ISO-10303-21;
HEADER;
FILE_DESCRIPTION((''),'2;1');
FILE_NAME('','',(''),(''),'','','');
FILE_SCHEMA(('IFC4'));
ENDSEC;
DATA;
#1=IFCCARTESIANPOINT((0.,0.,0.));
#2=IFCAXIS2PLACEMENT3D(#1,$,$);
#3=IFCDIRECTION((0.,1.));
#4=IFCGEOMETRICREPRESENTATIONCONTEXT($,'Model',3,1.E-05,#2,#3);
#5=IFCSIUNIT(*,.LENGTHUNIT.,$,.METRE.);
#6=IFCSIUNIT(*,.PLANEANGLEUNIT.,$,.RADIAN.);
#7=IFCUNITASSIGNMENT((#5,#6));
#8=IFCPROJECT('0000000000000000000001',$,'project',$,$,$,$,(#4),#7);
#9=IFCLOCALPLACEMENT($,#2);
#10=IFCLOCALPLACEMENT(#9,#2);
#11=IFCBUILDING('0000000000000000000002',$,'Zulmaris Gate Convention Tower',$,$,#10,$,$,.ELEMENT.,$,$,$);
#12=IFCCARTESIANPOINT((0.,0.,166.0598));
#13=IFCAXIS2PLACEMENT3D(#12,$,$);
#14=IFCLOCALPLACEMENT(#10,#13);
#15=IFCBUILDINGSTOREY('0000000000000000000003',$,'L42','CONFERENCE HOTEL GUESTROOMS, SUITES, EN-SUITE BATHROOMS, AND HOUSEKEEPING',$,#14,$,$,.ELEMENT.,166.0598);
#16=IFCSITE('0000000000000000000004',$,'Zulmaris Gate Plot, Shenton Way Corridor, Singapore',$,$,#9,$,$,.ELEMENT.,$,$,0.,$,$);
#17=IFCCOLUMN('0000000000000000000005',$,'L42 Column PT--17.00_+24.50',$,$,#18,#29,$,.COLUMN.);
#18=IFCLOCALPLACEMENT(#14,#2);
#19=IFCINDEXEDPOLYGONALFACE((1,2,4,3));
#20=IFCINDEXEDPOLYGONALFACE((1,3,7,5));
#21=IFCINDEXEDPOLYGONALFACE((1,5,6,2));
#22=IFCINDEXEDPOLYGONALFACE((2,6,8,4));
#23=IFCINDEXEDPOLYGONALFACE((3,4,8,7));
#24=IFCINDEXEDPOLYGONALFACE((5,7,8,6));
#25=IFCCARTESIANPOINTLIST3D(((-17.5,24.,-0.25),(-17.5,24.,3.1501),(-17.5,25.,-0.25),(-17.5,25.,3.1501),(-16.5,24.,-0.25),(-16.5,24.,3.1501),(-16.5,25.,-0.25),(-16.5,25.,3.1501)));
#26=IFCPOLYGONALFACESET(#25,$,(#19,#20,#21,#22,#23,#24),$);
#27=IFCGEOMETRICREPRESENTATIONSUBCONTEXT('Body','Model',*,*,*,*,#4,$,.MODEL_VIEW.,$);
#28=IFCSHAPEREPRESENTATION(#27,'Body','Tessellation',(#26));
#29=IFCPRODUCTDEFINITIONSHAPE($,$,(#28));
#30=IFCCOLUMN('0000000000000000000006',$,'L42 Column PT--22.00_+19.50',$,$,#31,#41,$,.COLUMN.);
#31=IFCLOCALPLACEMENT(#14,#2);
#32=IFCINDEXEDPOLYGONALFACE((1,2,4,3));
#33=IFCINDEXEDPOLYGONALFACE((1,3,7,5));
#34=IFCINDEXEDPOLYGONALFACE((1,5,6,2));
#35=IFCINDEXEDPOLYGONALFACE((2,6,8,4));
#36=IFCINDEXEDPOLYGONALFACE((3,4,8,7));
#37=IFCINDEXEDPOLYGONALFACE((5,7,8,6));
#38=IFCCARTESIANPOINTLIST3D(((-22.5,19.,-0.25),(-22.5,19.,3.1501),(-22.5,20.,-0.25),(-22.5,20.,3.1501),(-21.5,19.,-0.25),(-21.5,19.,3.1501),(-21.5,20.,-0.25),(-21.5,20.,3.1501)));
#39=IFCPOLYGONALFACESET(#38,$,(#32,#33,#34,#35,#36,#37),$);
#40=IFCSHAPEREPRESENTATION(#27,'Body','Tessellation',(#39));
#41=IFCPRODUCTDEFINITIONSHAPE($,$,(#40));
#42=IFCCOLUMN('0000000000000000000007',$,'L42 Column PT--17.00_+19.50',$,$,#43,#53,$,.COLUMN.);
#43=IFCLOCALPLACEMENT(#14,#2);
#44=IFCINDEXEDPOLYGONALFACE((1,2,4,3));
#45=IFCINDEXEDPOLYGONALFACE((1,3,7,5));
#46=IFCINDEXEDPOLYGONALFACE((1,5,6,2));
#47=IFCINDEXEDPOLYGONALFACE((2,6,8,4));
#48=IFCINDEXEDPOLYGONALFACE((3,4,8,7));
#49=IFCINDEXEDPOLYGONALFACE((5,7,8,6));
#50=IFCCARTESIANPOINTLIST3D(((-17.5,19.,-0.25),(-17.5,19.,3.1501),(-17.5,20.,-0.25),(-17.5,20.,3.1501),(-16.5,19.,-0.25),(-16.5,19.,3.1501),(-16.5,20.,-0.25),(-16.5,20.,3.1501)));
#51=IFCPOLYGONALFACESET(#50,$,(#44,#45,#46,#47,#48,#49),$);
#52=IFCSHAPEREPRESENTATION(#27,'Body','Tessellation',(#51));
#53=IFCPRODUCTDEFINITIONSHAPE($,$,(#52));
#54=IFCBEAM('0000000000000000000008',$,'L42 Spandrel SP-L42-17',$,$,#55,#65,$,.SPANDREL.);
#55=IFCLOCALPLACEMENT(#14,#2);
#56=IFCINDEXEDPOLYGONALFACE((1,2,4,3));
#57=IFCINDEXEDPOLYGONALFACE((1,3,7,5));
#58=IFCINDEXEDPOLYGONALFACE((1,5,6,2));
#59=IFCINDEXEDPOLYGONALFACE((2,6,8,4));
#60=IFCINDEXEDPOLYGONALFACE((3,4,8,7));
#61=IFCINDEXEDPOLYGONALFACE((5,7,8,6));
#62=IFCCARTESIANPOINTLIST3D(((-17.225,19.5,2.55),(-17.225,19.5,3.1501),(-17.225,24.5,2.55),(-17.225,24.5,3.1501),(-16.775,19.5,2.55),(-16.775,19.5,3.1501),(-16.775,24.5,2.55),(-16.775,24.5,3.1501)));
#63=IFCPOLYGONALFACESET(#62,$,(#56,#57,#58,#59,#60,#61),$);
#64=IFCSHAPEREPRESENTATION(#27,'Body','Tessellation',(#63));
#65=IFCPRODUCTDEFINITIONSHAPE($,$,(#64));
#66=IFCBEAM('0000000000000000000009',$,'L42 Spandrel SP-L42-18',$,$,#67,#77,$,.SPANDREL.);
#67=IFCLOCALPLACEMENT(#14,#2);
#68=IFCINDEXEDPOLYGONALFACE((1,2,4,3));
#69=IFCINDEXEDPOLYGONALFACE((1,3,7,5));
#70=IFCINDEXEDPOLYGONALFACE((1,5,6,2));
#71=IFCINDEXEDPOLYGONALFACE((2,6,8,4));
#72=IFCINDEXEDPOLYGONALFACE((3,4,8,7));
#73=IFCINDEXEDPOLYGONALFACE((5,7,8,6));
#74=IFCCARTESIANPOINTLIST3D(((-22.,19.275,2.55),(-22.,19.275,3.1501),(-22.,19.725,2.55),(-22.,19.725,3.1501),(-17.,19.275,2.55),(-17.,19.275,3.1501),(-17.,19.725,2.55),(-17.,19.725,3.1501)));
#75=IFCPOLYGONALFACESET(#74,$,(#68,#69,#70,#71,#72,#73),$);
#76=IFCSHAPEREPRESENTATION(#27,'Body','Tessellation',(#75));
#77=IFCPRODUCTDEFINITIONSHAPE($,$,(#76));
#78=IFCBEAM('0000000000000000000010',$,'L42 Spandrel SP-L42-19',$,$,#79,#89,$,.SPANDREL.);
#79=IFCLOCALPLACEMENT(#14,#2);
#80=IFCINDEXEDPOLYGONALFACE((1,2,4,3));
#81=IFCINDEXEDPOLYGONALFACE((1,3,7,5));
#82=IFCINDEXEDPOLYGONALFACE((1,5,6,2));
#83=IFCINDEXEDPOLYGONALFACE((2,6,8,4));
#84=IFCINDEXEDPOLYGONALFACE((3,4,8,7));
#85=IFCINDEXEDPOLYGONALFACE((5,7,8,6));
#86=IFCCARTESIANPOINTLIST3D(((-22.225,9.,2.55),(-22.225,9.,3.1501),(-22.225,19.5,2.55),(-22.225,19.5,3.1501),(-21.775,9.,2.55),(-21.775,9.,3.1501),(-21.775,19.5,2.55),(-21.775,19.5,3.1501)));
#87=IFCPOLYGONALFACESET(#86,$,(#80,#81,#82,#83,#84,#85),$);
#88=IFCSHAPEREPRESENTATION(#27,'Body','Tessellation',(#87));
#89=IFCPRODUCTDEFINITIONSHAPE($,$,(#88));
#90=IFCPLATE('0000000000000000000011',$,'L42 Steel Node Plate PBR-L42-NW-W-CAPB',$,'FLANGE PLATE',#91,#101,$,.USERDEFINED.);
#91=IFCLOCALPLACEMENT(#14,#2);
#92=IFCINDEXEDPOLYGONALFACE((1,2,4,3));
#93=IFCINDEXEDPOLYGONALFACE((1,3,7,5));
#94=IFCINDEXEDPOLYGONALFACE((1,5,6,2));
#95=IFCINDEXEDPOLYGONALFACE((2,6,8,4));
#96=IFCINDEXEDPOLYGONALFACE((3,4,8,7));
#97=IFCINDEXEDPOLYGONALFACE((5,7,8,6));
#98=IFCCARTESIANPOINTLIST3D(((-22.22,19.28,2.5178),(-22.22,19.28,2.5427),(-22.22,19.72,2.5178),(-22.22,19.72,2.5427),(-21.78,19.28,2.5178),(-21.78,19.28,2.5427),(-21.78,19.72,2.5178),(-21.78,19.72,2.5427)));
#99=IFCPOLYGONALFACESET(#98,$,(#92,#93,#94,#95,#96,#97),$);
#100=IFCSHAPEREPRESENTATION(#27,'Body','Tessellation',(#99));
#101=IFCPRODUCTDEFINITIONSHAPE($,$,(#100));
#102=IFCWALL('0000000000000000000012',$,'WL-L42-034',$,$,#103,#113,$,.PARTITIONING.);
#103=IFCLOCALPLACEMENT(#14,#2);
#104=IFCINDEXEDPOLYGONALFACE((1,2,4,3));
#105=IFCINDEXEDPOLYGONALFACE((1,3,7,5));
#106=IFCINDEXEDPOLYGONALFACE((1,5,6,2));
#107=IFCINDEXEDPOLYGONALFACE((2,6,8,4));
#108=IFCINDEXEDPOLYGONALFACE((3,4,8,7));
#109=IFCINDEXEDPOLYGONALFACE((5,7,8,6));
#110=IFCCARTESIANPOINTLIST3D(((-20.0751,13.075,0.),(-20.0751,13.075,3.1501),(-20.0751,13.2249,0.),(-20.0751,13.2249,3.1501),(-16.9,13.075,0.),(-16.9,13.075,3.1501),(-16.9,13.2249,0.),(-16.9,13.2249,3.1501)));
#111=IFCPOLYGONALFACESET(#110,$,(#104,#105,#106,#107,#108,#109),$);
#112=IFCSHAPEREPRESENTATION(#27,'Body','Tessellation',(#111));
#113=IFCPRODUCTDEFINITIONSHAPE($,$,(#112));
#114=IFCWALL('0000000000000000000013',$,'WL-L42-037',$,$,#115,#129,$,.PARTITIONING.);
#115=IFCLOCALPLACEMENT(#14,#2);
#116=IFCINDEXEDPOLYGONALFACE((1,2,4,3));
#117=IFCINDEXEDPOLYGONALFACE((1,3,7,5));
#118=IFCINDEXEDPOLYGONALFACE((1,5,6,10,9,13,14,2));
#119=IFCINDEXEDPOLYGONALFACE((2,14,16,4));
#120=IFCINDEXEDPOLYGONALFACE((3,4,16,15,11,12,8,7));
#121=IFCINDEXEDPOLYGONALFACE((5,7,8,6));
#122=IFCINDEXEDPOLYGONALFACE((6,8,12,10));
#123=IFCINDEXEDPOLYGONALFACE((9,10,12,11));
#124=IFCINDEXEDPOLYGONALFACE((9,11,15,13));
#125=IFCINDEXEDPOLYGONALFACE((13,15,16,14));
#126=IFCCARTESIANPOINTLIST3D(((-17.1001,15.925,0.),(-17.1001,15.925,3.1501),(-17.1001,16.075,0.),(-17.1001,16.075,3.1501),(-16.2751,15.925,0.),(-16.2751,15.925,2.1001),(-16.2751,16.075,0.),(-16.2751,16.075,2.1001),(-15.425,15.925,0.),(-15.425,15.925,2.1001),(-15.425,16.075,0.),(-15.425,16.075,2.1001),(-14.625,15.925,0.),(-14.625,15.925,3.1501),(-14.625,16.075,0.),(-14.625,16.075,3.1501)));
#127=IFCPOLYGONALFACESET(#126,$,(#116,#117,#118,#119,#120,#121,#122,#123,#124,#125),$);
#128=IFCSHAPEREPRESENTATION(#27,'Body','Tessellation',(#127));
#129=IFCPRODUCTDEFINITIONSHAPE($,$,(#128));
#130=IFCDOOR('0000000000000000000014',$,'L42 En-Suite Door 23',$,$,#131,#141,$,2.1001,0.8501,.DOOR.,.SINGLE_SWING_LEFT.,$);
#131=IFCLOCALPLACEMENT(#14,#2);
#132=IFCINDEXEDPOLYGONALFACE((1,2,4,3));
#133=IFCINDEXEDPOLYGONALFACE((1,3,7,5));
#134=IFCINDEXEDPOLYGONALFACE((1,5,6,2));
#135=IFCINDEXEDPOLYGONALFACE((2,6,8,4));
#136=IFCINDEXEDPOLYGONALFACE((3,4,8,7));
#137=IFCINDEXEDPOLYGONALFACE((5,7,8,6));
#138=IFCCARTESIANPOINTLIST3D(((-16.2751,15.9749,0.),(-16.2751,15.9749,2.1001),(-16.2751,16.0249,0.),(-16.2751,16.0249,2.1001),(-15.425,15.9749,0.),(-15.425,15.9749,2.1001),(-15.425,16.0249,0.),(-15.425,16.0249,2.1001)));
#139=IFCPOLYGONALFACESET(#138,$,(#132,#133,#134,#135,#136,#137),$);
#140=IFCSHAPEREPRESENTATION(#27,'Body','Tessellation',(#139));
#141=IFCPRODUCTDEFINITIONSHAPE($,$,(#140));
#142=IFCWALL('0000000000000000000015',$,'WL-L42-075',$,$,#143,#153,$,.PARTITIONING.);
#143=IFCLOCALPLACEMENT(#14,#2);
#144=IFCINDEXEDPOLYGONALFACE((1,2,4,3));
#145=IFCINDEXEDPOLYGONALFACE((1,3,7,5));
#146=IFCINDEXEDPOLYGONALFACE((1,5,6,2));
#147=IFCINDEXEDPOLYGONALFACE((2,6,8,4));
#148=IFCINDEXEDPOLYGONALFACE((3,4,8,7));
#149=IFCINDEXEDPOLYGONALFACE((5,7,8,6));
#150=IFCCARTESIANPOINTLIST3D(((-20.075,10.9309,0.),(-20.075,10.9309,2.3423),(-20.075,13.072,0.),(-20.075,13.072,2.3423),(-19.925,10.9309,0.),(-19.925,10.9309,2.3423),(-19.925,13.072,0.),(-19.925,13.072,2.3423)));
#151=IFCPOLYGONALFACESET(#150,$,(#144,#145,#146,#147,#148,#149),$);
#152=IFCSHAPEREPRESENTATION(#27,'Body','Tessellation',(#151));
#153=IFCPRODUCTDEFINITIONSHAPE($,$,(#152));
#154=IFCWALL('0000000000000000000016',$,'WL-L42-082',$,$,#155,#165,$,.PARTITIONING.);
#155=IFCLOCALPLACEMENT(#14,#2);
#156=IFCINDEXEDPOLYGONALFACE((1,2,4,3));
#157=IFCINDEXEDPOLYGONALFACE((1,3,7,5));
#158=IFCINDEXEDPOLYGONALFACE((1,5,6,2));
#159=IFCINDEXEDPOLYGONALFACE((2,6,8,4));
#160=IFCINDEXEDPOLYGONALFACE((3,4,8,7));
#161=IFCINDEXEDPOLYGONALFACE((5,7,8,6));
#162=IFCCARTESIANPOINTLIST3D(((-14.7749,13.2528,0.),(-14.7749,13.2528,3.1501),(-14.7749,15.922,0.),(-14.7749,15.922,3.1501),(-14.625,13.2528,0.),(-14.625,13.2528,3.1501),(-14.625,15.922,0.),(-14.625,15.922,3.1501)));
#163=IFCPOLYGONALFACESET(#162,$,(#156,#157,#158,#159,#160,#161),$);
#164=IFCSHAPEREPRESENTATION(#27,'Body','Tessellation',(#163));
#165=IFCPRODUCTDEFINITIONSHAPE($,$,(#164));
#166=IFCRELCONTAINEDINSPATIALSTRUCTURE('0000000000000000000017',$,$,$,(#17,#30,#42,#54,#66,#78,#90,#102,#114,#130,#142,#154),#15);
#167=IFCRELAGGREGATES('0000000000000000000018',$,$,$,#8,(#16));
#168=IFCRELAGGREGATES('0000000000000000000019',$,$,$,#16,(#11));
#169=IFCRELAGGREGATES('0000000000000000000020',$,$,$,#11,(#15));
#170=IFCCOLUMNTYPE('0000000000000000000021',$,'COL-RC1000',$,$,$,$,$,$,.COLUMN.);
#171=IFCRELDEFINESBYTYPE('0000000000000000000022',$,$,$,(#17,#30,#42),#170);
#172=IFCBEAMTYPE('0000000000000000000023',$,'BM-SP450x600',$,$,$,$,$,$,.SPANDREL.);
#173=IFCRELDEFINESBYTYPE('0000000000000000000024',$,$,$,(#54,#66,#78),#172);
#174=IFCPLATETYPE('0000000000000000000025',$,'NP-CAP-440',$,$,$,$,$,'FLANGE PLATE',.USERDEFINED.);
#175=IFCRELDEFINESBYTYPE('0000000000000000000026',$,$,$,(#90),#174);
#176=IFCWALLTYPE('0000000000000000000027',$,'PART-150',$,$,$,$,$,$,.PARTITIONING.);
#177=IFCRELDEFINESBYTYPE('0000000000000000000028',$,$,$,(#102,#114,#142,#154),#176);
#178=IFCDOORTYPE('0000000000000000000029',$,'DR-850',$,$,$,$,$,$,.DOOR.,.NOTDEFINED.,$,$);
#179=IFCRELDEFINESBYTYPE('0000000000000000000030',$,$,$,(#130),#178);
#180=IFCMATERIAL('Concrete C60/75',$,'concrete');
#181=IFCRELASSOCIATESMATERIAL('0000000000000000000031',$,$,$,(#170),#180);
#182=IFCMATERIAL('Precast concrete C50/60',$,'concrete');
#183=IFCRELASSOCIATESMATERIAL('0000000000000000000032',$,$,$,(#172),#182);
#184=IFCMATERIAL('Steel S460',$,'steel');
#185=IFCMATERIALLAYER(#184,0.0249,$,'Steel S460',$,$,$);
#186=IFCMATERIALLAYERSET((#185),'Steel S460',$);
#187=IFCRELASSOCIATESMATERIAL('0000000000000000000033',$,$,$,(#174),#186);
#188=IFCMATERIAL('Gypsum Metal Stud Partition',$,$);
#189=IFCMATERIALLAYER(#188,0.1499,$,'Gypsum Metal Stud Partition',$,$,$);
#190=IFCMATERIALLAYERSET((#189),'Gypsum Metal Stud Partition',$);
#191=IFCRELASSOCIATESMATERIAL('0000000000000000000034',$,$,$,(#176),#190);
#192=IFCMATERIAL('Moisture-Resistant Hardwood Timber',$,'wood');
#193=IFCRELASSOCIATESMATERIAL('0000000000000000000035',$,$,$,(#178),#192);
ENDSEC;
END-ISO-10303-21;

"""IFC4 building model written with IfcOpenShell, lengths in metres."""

from ifc_helpers import new_model, si_unit, direction, frame, frame_2d, origin, origin_2d, place, context, subcontext, project, spatial, rectangle, extrude, material, layer, layer_set, material_profile, profile_set, type_object, element, fill, save


model = new_model("IFC4")

# Units and contexts
model_context = context("Model", 3, precision=1e-05, world=origin(), true_north=direction((0.0, 1.0)))
body_context = subcontext(model_context, "Body", "Model", "MODEL_VIEW")
ifc_project = project(units=[si_unit("LENGTHUNIT", "METRE"), si_unit("PLANEANGLEUNIT", "RADIAN")], contexts=[model_context])

# Site, building, storey
site_placement = place(None, origin())
site = spatial("IfcSite", under=ifc_project, at=site_placement, Name="Zulmaris Gate Plot, Shenton Way Corridor, Singapore", CompositionType="ELEMENT", RefElevation=0.0)
building_placement = place(site_placement, origin())
building = spatial("IfcBuilding", under=site, at=building_placement, Name="Zulmaris Gate Convention Tower", CompositionType="ELEMENT")
storey_placement = place(building_placement, frame((0.0, 0.0, 166.0598)))
storey = spatial("IfcBuildingStorey", under=building, at=storey_placement, Name="L42", Description="CONFERENCE HOTEL GUESTROOMS, SUITES, EN-SUITE BATHROOMS, AND HOUSEKEEPING", CompositionType="ELEMENT", Elevation=166.0598)

# Columns
ifc_material_1 = material(Name="Concrete C60/75", Category="concrete")
ifc_material_profile_1 = material_profile(ifc_material_1, rectangle(XDim=1.0, YDim=1.0, at=origin_2d()), Name="RC COL 1000x1000")
ifc_profile_set_1 = profile_set([ifc_material_profile_1], Name="Concrete C60/75")
column_type = type_object("IfcColumnType", Name="COL-RC1000", PredefinedType="COLUMN", material=ifc_profile_set_1)
for number, where, z_axis, x_axis, name in (
    (1, (-17.0, 24.5, -0.25), (0.0, 0.0, 1.0), (1.0, 0.0, 0.0), "L42 Column PT--17.00_+24.50"),
    (2, (-22.0, 19.5, -0.25), (0.0, 0.0, 1.0), (1.0, 0.0, 0.0), "L42 Column PT--22.00_+19.50"),
    (3, (-17.0, 19.5, -0.25), (0.0, 0.0, 1.0), (1.0, 0.0, 0.0), "L42 Column PT--17.00_+19.50"),
):
    element("IfcColumn", number, at=place(storey_placement, frame(where, z_axis=z_axis, x_axis=x_axis)), inside=storey, type_object=column_type, Name=name, PredefinedType="COLUMN", context=body_context, shape_type="SweptSolid", body=[
        extrude(rectangle(XDim=1.0, YDim=1.0, at=origin_2d()), origin(), (0.0, 0.0, 1.0), 3.4001),
    ])

# Beams
ifc_material_2 = material(Name="Precast concrete C50/60", Category="concrete")
ifc_material_profile_2 = material_profile(ifc_material_2, rectangle(XDim=0.45, YDim=0.6001, at=origin_2d()), Name="RC SPANDREL 450x600")
ifc_profile_set_2 = profile_set([ifc_material_profile_2], Name="Precast concrete C50/60")
beam_type = type_object("IfcBeamType", Name="BM-SP450x600", PredefinedType="SPANDREL", material=ifc_profile_set_2)
for number, where, z_axis, x_axis, name in (
    (4, (-17.0, 24.5, 2.8501), (0.0, -1.0, 0.0), (1.0, 0.0, 0.0), "L42 Spandrel SP-L42-17"),
    (5, (-17.0, 19.5, 2.8501), (-1.0, 0.0, 0.0), (0.0, -1.0, 0.0), "L42 Spandrel SP-L42-18"),
):
    element("IfcBeam", number, at=place(storey_placement, frame(where, z_axis=z_axis, x_axis=x_axis)), inside=storey, type_object=beam_type, Name=name, PredefinedType="SPANDREL", context=body_context, shape_type="SweptSolid", body=[
        extrude(rectangle(XDim=0.45, YDim=0.6001, at=origin_2d()), origin(), (0.0, 0.0, 1.0), 5.0),
    ])
beam_placement = place(storey_placement, frame((-22.0, 19.5, 2.8501), z_axis=(0.0, -1.0, 0.0), x_axis=(1.0, 0.0, 0.0)))
element("IfcBeam", 6, at=beam_placement, inside=storey, type_object=beam_type, Name="L42 Spandrel SP-L42-19", PredefinedType="SPANDREL", context=body_context, shape_type="SweptSolid", body=[
    extrude(rectangle(XDim=0.45, YDim=0.6001, at=origin_2d()), origin(), (0.0, 0.0, 1.0), 10.5),
])

# Plate
ifc_material_3 = material(Name="Steel S460", Category="steel")
ifc_layer_1 = layer(ifc_material_3, 0.0249, Name="Steel S460")
ifc_layer_set_1 = layer_set([ifc_layer_1], Name="Steel S460")
plate_type = type_object("IfcPlateType", Name="NP-CAP-440", ElementType="FLANGE PLATE", PredefinedType="USERDEFINED", material=ifc_layer_set_1)
plate_placement = place(storey_placement, frame((-22.0, 19.5, 2.5178), z_axis=(0.0, 0.0, 1.0), x_axis=(1.0, 0.0, 0.0)))
element("IfcPlate", 7, at=plate_placement, inside=storey, type_object=plate_type, Name="L42 Steel Node Plate PBR-L42-NW-W-CAPB", ObjectType="FLANGE PLATE", PredefinedType="USERDEFINED", context=body_context, shape_type="SweptSolid", body=[
    extrude(rectangle(XDim=0.4399, YDim=0.4399, at=origin_2d()), origin(), (0.0, 0.0, 1.0), 0.0249),
])

# Wall
ifc_material_4 = material(Name="Gypsum Metal Stud Partition")
ifc_layer_2 = layer(ifc_material_4, 0.1499, Name="Gypsum Metal Stud Partition")
ifc_layer_set_2 = layer_set([ifc_layer_2], Name="Gypsum Metal Stud Partition")
wall_type_1 = type_object("IfcWallType", Name="PART-150", PredefinedType="PARTITIONING", material=ifc_layer_set_2)
wall_1_placement = place(storey_placement, frame((-20.075, 13.1499, 0.0), z_axis=(0.0, 0.0, 1.0), x_axis=(1.0, 0.0, 0.0)))
element("IfcWall", 8, at=wall_1_placement, inside=storey, type_object=wall_type_1, Name="WL-L42-034", PredefinedType="PARTITIONING", context=body_context, shape_type="SweptSolid", body=[
    extrude(rectangle(XDim=3.175, YDim=0.1499, at=frame_2d((1.5874, 0.0))), origin(), (0.0, 0.0, 1.0), 3.1501),
])

# Wall, opening, door
wall_2_placement = place(storey_placement, frame((-17.1001, 16.0, 0.0), z_axis=(0.0, 0.0, 1.0), x_axis=(1.0, 0.0, 0.0)))
wall_2 = element("IfcWall", 9, at=wall_2_placement, inside=storey, type_object=wall_type_1, Name="WL-L42-037", PredefinedType="PARTITIONING", context=body_context, shape_type="SweptSolid", body=[
    extrude(rectangle(XDim=2.4751, YDim=0.1499, at=frame_2d((1.2375, 0.0))), origin(), (0.0, 0.0, 1.0), 3.1501),
])
opening_1_placement = place(wall_2_placement, frame((0.825, 0.0, 0.0)))
opening_1 = element("IfcOpeningElement", 10, at=opening_1_placement, cuts=wall_2, PredefinedType="OPENING", context=body_context, shape_type="SweptSolid", body=[
    extrude(rectangle(XDim=0.8501, YDim=2.1001, at=frame_2d((0.425, 1.05))), frame((0.0, 0.085, 0.0), z_axis=(0.0, -1.0, 0.0), x_axis=(1.0, 0.0, 0.0)), (0.0, 0.0, 1.0), 0.1699),
])
ifc_material_5 = material(Name="Moisture-Resistant Hardwood Timber", Category="wood")
door_type_1 = type_object("IfcDoorType", Name="DR-850", OperationType="NOTDEFINED", PredefinedType="DOOR", material=ifc_material_5)
door_1_placement = place(opening_1_placement, origin())
door_1 = element("IfcDoor", 11, at=door_1_placement, inside=storey, type_object=door_type_1, Name="L42 En-Suite Door 23", OperationType="SINGLE_SWING_LEFT", OverallHeight=2.1001, OverallWidth=0.8501, PredefinedType="DOOR", context=body_context, shape_type="SweptSolid", body=[
    extrude(rectangle(XDim=0.8501, YDim=2.1001, at=frame_2d((0.425, 1.05))), frame((0.0, 0.0249, 0.0), z_axis=(0.0, -1.0, 0.0), x_axis=(1.0, 0.0, 0.0)), (0.0, 0.0, 1.0), 0.05),
])
fill(opening_1, door_1)

# Walls
wall_3_placement = place(storey_placement, frame((-20.0, 10.9309, 0.0), z_axis=(0.0, 0.0, 1.0), x_axis=(0.0, 1.0, 0.0)))
element("IfcWall", 12, at=wall_3_placement, inside=storey, type_object=wall_type_1, Name="WL-L42-075", PredefinedType="PARTITIONING", context=body_context, shape_type="SweptSolid", body=[
    extrude(rectangle(XDim=2.1411, YDim=0.1499, at=frame_2d((1.0706, 0.0))), origin(), (0.0, 0.0, 1.0), 2.3423),
])
wall_4_placement = place(storey_placement, frame((-14.7, 13.2529, 0.0), z_axis=(0.0, 0.0, 1.0), x_axis=(0.0, 1.0, 0.0)))
element("IfcWall", 13, at=wall_4_placement, inside=storey, type_object=wall_type_1, Name="WL-L42-082", PredefinedType="PARTITIONING", context=body_context, shape_type="SweptSolid", body=[
    extrude(rectangle(XDim=2.6692, YDim=0.1499, at=frame_2d((1.3345, 0.0))), origin(), (0.0, 0.0, 1.0), 3.1501),
])

save(model, "model.ifc")
